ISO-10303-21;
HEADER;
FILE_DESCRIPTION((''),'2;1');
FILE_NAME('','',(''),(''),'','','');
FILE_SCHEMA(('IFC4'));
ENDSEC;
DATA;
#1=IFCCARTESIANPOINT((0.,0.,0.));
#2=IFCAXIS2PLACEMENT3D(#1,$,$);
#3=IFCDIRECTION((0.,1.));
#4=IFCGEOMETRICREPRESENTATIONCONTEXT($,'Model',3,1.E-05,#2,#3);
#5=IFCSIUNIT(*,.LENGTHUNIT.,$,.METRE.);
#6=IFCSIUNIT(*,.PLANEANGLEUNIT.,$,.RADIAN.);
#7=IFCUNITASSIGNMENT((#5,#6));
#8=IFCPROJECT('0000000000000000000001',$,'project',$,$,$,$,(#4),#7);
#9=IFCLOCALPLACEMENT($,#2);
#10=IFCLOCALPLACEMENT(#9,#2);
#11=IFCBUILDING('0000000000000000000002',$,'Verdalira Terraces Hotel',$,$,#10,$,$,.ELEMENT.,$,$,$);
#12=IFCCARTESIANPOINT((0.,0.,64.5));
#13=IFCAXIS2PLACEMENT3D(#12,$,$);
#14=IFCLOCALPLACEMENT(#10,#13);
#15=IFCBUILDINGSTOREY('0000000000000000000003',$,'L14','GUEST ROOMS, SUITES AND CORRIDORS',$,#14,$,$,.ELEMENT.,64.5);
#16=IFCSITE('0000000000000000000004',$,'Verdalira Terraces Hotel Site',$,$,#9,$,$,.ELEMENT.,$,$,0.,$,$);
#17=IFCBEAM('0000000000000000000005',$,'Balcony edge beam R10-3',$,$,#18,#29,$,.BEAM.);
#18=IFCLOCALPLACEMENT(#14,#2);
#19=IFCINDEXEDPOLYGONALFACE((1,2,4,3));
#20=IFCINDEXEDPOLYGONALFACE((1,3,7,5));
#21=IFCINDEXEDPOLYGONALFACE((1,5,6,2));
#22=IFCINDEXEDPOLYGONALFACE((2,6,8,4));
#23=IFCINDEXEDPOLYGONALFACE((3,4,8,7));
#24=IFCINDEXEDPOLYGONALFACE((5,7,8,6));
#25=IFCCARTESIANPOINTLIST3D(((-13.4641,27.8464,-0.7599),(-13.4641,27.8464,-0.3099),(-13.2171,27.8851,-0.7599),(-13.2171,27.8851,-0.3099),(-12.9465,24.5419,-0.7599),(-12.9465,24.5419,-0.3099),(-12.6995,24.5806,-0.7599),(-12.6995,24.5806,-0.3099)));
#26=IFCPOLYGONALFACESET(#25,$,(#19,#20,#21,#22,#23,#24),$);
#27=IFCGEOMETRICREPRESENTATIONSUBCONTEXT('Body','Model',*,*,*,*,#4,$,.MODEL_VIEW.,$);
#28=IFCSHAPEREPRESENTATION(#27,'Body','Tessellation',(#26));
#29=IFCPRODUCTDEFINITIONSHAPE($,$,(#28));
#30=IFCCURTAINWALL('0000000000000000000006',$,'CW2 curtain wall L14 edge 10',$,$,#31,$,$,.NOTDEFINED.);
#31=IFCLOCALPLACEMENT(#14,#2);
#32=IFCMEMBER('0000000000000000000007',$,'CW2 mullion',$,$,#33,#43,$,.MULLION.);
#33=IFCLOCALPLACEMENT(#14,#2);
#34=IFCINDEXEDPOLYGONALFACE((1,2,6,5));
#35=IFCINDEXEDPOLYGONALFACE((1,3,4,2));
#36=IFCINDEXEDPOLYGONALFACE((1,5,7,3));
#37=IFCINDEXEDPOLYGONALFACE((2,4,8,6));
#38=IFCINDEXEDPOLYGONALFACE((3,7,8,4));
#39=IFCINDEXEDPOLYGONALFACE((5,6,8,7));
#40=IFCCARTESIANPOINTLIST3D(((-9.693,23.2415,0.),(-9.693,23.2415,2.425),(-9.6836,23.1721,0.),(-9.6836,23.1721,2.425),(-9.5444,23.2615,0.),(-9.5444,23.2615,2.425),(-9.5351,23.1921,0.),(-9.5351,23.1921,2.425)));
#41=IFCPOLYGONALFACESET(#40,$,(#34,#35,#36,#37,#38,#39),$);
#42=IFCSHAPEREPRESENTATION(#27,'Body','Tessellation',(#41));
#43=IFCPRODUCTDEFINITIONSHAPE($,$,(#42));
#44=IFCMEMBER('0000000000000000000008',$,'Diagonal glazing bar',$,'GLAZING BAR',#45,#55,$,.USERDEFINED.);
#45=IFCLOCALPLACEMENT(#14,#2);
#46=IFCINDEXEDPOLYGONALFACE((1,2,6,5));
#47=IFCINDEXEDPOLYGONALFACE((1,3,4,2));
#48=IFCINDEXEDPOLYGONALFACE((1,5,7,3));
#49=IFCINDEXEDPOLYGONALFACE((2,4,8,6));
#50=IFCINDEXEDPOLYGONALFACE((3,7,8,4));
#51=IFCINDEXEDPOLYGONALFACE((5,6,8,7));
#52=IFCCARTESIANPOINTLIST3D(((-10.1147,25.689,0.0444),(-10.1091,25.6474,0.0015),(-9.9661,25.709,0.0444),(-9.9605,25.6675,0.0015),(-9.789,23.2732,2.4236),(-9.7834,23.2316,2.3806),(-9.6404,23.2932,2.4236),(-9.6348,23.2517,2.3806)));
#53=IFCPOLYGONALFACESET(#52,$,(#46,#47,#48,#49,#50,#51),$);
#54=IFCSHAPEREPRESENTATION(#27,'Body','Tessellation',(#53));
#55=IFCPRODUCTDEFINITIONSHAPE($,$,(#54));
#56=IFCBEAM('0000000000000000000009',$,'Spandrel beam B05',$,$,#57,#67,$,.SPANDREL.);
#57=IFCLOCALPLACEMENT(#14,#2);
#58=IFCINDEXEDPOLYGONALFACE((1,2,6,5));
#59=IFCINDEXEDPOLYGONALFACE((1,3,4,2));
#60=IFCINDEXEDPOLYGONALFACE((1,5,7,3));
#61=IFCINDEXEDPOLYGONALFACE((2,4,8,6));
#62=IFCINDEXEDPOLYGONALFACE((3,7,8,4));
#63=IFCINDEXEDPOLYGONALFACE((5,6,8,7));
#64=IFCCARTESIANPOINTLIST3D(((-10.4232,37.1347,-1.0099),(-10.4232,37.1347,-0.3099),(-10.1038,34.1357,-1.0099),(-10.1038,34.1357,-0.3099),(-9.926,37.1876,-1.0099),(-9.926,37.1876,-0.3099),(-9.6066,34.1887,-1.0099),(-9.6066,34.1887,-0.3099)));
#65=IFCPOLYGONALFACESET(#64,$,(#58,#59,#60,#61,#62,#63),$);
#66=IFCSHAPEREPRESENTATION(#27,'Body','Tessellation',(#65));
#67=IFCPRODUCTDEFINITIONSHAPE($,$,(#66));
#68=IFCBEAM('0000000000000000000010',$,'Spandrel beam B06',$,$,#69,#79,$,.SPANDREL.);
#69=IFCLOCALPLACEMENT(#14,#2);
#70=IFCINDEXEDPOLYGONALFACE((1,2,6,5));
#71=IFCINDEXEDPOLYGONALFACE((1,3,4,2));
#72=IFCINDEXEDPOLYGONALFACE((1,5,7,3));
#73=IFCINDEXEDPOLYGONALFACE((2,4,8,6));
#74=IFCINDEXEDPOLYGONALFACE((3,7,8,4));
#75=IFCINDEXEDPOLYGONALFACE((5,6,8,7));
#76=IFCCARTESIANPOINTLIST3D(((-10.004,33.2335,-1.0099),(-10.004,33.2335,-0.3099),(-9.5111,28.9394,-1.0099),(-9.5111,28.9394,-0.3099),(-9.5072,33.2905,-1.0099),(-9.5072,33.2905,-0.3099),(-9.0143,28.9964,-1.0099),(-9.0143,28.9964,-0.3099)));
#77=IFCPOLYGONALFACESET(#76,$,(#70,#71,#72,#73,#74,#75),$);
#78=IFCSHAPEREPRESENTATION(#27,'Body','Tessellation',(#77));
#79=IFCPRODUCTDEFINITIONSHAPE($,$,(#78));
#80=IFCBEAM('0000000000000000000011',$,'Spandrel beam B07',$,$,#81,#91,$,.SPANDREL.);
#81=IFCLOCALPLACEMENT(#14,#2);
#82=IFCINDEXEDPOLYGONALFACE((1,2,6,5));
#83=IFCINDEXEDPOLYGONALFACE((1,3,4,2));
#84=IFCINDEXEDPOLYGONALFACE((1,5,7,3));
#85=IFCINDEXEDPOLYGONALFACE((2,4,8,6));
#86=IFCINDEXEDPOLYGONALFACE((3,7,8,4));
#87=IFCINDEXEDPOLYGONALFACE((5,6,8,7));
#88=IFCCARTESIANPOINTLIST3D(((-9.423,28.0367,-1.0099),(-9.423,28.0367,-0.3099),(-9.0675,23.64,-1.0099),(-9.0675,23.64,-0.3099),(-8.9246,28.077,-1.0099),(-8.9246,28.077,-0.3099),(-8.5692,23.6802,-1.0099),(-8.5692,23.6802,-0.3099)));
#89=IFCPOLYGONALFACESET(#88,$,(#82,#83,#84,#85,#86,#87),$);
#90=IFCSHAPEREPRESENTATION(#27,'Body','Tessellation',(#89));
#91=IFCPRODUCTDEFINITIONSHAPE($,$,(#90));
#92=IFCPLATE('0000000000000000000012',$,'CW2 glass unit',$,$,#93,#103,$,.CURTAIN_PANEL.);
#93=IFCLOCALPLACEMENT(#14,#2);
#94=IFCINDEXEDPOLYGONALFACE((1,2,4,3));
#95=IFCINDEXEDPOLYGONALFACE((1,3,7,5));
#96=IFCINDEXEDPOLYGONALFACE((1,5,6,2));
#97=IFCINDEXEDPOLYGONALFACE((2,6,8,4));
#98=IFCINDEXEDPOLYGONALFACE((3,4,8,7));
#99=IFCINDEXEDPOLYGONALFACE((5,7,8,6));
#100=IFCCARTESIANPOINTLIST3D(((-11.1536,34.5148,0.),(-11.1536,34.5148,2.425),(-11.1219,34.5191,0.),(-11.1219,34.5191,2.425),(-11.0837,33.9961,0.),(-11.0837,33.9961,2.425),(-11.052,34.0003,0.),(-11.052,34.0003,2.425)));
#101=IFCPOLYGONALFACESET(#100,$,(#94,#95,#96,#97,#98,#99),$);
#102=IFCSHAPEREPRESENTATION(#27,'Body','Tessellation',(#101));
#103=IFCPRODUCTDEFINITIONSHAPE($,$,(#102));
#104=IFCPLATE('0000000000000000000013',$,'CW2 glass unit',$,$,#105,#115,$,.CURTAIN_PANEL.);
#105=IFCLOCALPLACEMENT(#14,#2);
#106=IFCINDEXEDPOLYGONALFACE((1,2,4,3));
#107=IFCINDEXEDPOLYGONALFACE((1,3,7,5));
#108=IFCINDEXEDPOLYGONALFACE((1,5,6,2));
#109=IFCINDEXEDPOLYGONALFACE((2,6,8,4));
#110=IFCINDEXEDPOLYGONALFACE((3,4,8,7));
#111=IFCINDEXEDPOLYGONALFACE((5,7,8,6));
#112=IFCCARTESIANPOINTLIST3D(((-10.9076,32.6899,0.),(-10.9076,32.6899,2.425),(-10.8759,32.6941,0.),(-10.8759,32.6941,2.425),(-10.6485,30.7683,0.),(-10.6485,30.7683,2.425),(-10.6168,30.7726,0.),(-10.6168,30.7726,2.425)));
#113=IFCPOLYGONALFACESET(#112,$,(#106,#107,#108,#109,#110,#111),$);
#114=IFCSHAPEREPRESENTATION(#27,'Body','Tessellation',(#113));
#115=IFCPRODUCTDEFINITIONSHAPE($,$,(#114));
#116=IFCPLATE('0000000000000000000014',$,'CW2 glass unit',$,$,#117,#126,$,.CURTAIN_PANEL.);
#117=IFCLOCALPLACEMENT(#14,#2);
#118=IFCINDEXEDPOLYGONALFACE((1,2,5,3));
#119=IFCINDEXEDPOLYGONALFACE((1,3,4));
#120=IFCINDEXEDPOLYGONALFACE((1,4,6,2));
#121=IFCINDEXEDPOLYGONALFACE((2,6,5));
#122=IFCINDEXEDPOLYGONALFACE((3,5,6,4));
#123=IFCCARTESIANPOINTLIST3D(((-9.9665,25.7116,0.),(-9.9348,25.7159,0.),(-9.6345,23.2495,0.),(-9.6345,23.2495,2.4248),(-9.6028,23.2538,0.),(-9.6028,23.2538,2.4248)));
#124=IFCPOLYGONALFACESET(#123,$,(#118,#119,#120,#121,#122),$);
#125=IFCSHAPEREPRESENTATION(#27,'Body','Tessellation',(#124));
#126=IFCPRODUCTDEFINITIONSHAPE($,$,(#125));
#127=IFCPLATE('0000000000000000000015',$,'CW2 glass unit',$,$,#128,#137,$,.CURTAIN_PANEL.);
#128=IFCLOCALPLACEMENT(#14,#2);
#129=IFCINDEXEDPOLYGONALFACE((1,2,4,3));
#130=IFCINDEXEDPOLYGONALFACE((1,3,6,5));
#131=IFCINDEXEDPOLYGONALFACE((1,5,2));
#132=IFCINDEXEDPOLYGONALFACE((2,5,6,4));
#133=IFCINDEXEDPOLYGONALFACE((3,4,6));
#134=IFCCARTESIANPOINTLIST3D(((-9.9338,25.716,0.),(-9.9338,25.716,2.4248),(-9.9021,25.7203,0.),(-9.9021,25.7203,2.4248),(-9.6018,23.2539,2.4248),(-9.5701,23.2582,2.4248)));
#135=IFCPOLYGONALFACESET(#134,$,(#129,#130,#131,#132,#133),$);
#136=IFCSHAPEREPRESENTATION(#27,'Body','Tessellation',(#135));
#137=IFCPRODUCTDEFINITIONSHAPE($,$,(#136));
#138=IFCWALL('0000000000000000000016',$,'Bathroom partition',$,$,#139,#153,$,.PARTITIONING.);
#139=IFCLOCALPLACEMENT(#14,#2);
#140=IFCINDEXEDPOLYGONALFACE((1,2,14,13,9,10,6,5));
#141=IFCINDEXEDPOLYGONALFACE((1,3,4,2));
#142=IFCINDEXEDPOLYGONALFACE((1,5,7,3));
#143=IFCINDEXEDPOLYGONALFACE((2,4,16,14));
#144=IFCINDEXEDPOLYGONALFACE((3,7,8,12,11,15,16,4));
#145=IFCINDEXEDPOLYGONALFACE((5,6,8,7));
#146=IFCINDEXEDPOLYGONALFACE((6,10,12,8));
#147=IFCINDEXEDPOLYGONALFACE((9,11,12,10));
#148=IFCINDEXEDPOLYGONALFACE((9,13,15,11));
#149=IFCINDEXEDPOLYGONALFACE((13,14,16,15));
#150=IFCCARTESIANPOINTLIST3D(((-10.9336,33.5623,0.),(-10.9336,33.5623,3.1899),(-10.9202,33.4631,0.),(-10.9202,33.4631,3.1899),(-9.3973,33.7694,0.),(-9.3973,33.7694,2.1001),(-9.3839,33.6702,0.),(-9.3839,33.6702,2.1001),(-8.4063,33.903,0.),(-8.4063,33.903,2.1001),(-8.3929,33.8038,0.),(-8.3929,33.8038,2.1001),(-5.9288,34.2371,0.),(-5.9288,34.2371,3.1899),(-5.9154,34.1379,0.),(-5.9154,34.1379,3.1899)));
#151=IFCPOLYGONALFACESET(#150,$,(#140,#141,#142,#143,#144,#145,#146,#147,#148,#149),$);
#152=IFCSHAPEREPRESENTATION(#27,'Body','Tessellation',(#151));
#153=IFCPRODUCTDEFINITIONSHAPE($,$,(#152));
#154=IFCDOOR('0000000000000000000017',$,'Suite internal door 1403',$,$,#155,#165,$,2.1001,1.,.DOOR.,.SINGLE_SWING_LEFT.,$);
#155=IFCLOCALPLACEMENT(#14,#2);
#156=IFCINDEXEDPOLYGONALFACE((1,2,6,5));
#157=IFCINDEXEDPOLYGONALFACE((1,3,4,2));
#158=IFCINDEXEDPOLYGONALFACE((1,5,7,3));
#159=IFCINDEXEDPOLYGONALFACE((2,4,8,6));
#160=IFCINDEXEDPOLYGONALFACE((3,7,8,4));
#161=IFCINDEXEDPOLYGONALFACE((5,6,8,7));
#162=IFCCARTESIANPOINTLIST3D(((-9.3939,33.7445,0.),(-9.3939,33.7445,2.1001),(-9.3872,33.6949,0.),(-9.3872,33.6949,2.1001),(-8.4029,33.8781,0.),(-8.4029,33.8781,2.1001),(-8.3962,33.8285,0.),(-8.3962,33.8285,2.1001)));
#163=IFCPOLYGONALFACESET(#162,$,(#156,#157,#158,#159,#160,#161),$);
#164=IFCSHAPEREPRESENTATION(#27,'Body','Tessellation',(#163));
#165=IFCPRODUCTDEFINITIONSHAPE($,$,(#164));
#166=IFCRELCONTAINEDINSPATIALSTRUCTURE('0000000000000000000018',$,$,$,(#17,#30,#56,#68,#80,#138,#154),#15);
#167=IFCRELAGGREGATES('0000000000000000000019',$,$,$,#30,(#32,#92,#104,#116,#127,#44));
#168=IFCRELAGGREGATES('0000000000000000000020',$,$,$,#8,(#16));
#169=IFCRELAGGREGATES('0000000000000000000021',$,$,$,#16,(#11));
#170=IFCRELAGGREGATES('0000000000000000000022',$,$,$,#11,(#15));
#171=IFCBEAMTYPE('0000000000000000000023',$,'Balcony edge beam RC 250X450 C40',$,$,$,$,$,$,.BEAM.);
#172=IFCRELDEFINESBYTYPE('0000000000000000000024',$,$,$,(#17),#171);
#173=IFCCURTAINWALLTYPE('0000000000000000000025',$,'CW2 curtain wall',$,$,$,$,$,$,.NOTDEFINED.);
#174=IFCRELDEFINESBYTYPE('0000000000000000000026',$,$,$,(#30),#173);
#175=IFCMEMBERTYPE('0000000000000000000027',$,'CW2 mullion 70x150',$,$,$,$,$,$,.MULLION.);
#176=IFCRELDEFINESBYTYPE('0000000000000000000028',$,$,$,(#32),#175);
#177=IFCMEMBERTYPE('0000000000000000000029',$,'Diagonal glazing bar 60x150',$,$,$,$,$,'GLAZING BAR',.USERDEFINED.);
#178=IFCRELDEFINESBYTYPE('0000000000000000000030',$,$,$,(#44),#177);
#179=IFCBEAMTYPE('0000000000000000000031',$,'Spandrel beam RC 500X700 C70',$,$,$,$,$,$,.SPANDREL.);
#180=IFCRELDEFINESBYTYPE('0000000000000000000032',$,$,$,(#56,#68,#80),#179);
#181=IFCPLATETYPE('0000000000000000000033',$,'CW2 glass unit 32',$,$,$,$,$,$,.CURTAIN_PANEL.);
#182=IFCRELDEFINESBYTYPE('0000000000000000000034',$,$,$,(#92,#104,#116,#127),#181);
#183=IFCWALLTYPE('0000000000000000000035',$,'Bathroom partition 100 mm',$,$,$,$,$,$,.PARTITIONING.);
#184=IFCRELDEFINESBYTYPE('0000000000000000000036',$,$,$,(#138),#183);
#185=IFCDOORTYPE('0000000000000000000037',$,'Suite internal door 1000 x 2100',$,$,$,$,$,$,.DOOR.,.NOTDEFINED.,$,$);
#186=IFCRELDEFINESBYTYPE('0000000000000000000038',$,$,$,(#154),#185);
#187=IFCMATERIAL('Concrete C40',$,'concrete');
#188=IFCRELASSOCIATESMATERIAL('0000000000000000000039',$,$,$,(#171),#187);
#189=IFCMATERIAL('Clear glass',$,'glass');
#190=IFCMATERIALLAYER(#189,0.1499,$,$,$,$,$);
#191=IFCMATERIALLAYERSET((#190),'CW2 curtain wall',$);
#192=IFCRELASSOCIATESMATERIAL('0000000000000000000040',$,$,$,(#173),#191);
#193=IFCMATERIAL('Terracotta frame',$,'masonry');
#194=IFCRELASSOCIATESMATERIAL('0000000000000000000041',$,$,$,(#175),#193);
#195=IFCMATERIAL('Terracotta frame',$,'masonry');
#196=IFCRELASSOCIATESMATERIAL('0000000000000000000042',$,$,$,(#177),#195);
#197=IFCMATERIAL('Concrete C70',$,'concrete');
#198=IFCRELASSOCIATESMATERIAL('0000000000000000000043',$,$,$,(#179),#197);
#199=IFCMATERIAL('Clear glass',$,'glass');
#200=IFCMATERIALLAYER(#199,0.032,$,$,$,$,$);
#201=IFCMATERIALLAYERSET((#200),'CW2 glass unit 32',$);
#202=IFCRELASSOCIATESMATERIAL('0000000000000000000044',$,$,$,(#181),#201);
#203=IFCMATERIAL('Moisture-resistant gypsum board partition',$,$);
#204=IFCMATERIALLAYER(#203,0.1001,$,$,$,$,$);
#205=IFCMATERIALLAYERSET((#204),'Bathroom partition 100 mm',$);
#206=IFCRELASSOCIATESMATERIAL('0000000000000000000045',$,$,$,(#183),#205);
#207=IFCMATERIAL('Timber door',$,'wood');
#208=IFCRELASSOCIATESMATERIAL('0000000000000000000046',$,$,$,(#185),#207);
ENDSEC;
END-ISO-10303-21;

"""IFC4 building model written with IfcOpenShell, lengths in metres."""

from ifc_helpers import new_model, si_unit, direction, frame, frame_2d, origin, origin_2d, place, context, subcontext, project, spatial, polyline, rectangle, outline, extrude, material, layer, layer_set, material_profile, profile_set, type_object, element, fill, aggregate, save


model = new_model("IFC4")

# Units and contexts
model_context = context("Model", 3, precision=1e-05, world=origin(), true_north=direction((0.0, 1.0)))
body_context = subcontext(model_context, "Body", "Model", "MODEL_VIEW")
ifc_project = project(units=[si_unit("LENGTHUNIT", "METRE"), si_unit("PLANEANGLEUNIT", "RADIAN")], contexts=[model_context])

# Site, building, storey
site_placement = place(None, origin())
site = spatial("IfcSite", under=ifc_project, at=site_placement, Name="Verdalira Terraces Hotel Site", CompositionType="ELEMENT", RefElevation=0.0)
building_placement = place(site_placement, origin())
building = spatial("IfcBuilding", under=site, at=building_placement, Name="Verdalira Terraces Hotel", CompositionType="ELEMENT")
storey_placement = place(building_placement, frame((0.0, 0.0, 64.5)))
storey = spatial("IfcBuildingStorey", under=building, at=storey_placement, Name="L14", Description="GUEST ROOMS, SUITES AND CORRIDORS", CompositionType="ELEMENT", Elevation=64.5)

# Beam
ifc_material_1 = material(Name="Concrete C40", Category="concrete")
ifc_material_profile_1 = material_profile(ifc_material_1, rectangle(XDim=0.25, YDim=0.45, at=origin_2d()), Name="RC 250X450")
ifc_profile_set_1 = profile_set([ifc_material_profile_1], Name="Concrete C40")
beam_type_1 = type_object("IfcBeamType", Name="Balcony edge beam RC 250X450 C40", PredefinedType="BEAM", material=ifc_profile_set_1)
beam_1_placement = place(storey_placement, frame((-13.3406, 27.8657, -0.5349), z_axis=(0.154744, -0.987955, 0.0), x_axis=(0.987955, 0.154744, 0.0)))
element("IfcBeam", 1, at=beam_1_placement, inside=storey, type_object=beam_type_1, Name="Balcony edge beam R10-3", PredefinedType="BEAM", context=body_context, shape_type="SweptSolid", body=[
    extrude(rectangle(XDim=0.25, YDim=0.45, at=origin_2d()), origin(), (0.0, 0.0, 1.0), 3.3447),
])

# Curtain wall, members
ifc_material_2 = material(Name="Clear glass", Category="glass")
ifc_layer_1 = layer(ifc_material_2, 0.1499)
ifc_layer_set_1 = layer_set([ifc_layer_1], Name="CW2 curtain wall")
curtain_wall_type = type_object("IfcCurtainWallType", Name="CW2 curtain wall", PredefinedType="NOTDEFINED", material=ifc_layer_set_1)
curtain_wall_placement = place(storey_placement, origin())
curtain_wall = element("IfcCurtainWall", 2, at=curtain_wall_placement, inside=storey, type_object=curtain_wall_type, Name="CW2 curtain wall L14 edge 10", PredefinedType="NOTDEFINED")
ifc_material_3 = material(Name="Terracotta frame", Category="masonry")
ifc_material_profile_2 = material_profile(ifc_material_3, rectangle(XDim=0.0701, YDim=0.1499, at=origin_2d()), Name="MU 70x150")
ifc_profile_set_2 = profile_set([ifc_material_profile_2], Name="Terracotta frame")
member_type_1 = type_object("IfcMemberType", Name="CW2 mullion 70x150", PredefinedType="MULLION", material=ifc_profile_set_2)
member_1_placement = place(storey_placement, frame((-9.614, 23.2168, 0.0), z_axis=(0.0, 0.0, 1.0), x_axis=(0.13364, -0.99103, 0.0)))
member_1 = element("IfcMember", 3, at=member_1_placement, type_object=member_type_1, Name="CW2 mullion", PredefinedType="MULLION", context=body_context, shape_type="SweptSolid", body=[
    extrude(rectangle(XDim=0.0701, YDim=0.1499, at=origin_2d()), origin(), (0.0, 0.0, 1.0), 2.425),
])
ifc_material_4 = material(Name="Terracotta frame", Category="masonry")
ifc_material_profile_3 = material_profile(ifc_material_4, rectangle(XDim=0.1499, YDim=0.0601, at=origin_2d()), Name="GB 60x150")
ifc_profile_set_3 = profile_set([ifc_material_profile_3], Name="Terracotta frame")
member_type_2 = type_object("IfcMemberType", Name="Diagonal glazing bar 60x150", ElementType="GLAZING BAR", PredefinedType="USERDEFINED", material=ifc_profile_set_3)
member_2_placement = place(storey_placement, frame((-10.0376, 25.6782, 0.0229), z_axis=(0.095614, -0.709222, 0.698471), x_axis=(0.991034, 0.133607, 0.0)))
member_2 = element("IfcMember", 4, at=member_2_placement, type_object=member_type_2, Name="Diagonal glazing bar", ObjectType="GLAZING BAR", PredefinedType="USERDEFINED", context=body_context, shape_type="SweptSolid", body=[
    extrude(rectangle(XDim=0.1499, YDim=0.0601, at=origin_2d()), origin(), (0.0, 0.0, 1.0), 3.4062),
])

# Beams
ifc_material_5 = material(Name="Concrete C70", Category="concrete")
ifc_material_profile_4 = material_profile(ifc_material_5, rectangle(XDim=0.5, YDim=0.7, at=origin_2d()), Name="RC 500X700")
ifc_profile_set_4 = profile_set([ifc_material_profile_4], Name="Concrete C70")
beam_type_2 = type_object("IfcBeamType", Name="Spandrel beam RC 500X700 C70", PredefinedType="SPANDREL", material=ifc_profile_set_4)
beam_2_placement = place(storey_placement, frame((-10.1746, 37.1611, -0.6599), z_axis=(0.105881, -0.994379, 0.0), x_axis=(0.994379, 0.105881, 0.0)))
element("IfcBeam", 5, at=beam_2_placement, inside=storey, type_object=beam_type_2, Name="Spandrel beam B05", PredefinedType="SPANDREL", context=body_context, shape_type="SweptSolid", body=[
    extrude(rectangle(XDim=0.5, YDim=0.7, at=origin_2d()), origin(), (0.0, 0.0, 1.0), 3.0159),
])
beam_3_placement = place(storey_placement, frame((-9.7556, 33.262, -0.6599), z_axis=(0.114045, -0.993476, 0.0), x_axis=(0.993476, 0.114045, 0.0)))
element("IfcBeam", 6, at=beam_3_placement, inside=storey, type_object=beam_type_2, Name="Spandrel beam B06", PredefinedType="SPANDREL", context=body_context, shape_type="SweptSolid", body=[
    extrude(rectangle(XDim=0.5, YDim=0.7, at=origin_2d()), origin(), (0.0, 0.0, 1.0), 4.3223),
])
beam_4_placement = place(storey_placement, frame((-9.1738, 28.0569, -0.6599), z_axis=(0.080586, -0.996748, 0.0), x_axis=(0.996748, 0.080586, 0.0)))
element("IfcBeam", 7, at=beam_4_placement, inside=storey, type_object=beam_type_2, Name="Spandrel beam B07", PredefinedType="SPANDREL", context=body_context, shape_type="SweptSolid", body=[
    extrude(rectangle(XDim=0.5, YDim=0.7, at=origin_2d()), origin(), (0.0, 0.0, 1.0), 4.4111),
])

# Plates
ifc_material_6 = material(Name="Clear glass", Category="glass")
ifc_layer_2 = layer(ifc_material_6, 0.032)
ifc_layer_set_2 = layer_set([ifc_layer_2], Name="CW2 glass unit 32")
plate_type = type_object("IfcPlateType", Name="CW2 glass unit 32", PredefinedType="CURTAIN_PANEL", material=ifc_layer_set_2)
plate_1_placement = place(storey_placement, frame((-11.1028, 34.2576, 0.0), z_axis=(0.0, 0.0, 1.0), x_axis=(0.13364, -0.99103, 0.0)))
plate_1 = element("IfcPlate", 8, at=plate_1_placement, type_object=plate_type, Name="CW2 glass unit", PredefinedType="CURTAIN_PANEL", context=body_context, shape_type="SweptSolid", body=[
    extrude(rectangle(XDim=0.5234, YDim=0.032, at=origin_2d()), origin(), (0.0, 0.0, 1.0), 2.425),
])
plate_2_placement = place(storey_placement, frame((-10.7622, 31.7312, 0.0), z_axis=(0.0, 0.0, 1.0), x_axis=(0.13364, -0.99103, 0.0)))
plate_2 = element("IfcPlate", 9, at=plate_2_placement, type_object=plate_type, Name="CW2 glass unit", PredefinedType="CURTAIN_PANEL", context=body_context, shape_type="SweptSolid", body=[
    extrude(rectangle(XDim=1.939, YDim=0.032, at=origin_2d()), origin(), (0.0, 0.0, 1.0), 2.425),
])
plate_3_placement = place(storey_placement, frame((-9.7688, 24.4849, 1.2124), z_axis=(-0.99103, -0.13364, 0.0), x_axis=(0.13364, -0.99103, 0.0)))
plate_3 = element("IfcPlate", 10, at=plate_3_placement, type_object=plate_type, Name="CW2 glass unit", PredefinedType="CURTAIN_PANEL", context=body_context, shape_type="SweptSolid", body=[
    extrude(outline(polyline([(-1.2422, -1.2124), (1.2422, -1.2124), (1.2422, 1.2124), (-1.2422, -1.2124)])), origin(), (0.0, 0.0, 1.0), 0.032),
])
plate_4_placement = place(storey_placement, frame((-9.7361, 24.4893, 1.2124), z_axis=(-0.99103, -0.13364, 0.0), x_axis=(0.13364, -0.99103, 0.0)))
plate_4 = element("IfcPlate", 11, at=plate_4_placement, type_object=plate_type, Name="CW2 glass unit", PredefinedType="CURTAIN_PANEL", context=body_context, shape_type="SweptSolid", body=[
    extrude(outline(polyline([(-1.2422, -1.2124), (1.2422, 1.2124), (-1.2422, 1.2124), (-1.2422, -1.2124)])), origin(), (0.0, 0.0, 1.0), 0.032),
])
aggregate(curtain_wall, [member_1, plate_1, plate_2, plate_3, plate_4, member_2])

# Wall, opening, door
ifc_material_7 = material(Name="Moisture-resistant gypsum board partition")
ifc_layer_3 = layer(ifc_material_7, 0.1001)
ifc_layer_set_3 = layer_set([ifc_layer_3], Name="Bathroom partition 100 mm")
wall_type_1 = type_object("IfcWallType", Name="Bathroom partition 100 mm", PredefinedType="PARTITIONING", material=ifc_layer_set_3)
wall_1_placement = place(storey_placement, frame((-10.9268, 33.5127, 0.0), z_axis=(0.0, 0.0, 1.0), x_axis=(0.991032, 0.133627, 0.0)))
wall_1 = element("IfcWall", 12, at=wall_1_placement, inside=storey, type_object=wall_type_1, Name="Bathroom partition", PredefinedType="PARTITIONING", context=body_context, shape_type="SweptSolid", body=[
    extrude(rectangle(XDim=5.05, YDim=0.1001, at=frame_2d((2.5249, 0.0))), origin(), (0.0, 0.0, 1.0), 3.1899),
])
opening_1_placement = place(wall_1_placement, frame((1.55, 0.0, 0.0)))
opening_1 = element("IfcOpeningElement", 13, at=opening_1_placement, cuts=wall_1, PredefinedType="OPENING", context=body_context, shape_type="SweptSolid", body=[
    extrude(rectangle(XDim=1.0, YDim=2.1001, at=frame_2d((0.5, 1.05))), frame((0.0, 0.0601, 0.0), z_axis=(0.0, -1.0, 0.0), x_axis=(1.0, 0.0, 0.0)), (0.0, 0.0, 1.0), 0.1201),
])
ifc_material_8 = material(Name="Timber door", Category="wood")
door_type_1 = type_object("IfcDoorType", Name="Suite internal door 1000 x 2100", OperationType="NOTDEFINED", PredefinedType="DOOR", material=ifc_material_8)
door_1_placement = place(opening_1_placement, origin())
door_1 = element("IfcDoor", 14, at=door_1_placement, inside=storey, type_object=door_type_1, Name="Suite internal door 1403", OperationType="SINGLE_SWING_LEFT", OverallHeight=2.1001, OverallWidth=1.0, PredefinedType="DOOR", context=body_context, shape_type="SweptSolid", body=[
    extrude(rectangle(XDim=1.0, YDim=2.1001, at=frame_2d((0.5, 1.05))), frame((0.0, 0.0249, 0.0), z_axis=(0.0, -1.0, 0.0), x_axis=(1.0, 0.0, 0.0)), (0.0, 0.0, 1.0), 0.05),
])
fill(opening_1, door_1)

save(model, "model.ifc")
